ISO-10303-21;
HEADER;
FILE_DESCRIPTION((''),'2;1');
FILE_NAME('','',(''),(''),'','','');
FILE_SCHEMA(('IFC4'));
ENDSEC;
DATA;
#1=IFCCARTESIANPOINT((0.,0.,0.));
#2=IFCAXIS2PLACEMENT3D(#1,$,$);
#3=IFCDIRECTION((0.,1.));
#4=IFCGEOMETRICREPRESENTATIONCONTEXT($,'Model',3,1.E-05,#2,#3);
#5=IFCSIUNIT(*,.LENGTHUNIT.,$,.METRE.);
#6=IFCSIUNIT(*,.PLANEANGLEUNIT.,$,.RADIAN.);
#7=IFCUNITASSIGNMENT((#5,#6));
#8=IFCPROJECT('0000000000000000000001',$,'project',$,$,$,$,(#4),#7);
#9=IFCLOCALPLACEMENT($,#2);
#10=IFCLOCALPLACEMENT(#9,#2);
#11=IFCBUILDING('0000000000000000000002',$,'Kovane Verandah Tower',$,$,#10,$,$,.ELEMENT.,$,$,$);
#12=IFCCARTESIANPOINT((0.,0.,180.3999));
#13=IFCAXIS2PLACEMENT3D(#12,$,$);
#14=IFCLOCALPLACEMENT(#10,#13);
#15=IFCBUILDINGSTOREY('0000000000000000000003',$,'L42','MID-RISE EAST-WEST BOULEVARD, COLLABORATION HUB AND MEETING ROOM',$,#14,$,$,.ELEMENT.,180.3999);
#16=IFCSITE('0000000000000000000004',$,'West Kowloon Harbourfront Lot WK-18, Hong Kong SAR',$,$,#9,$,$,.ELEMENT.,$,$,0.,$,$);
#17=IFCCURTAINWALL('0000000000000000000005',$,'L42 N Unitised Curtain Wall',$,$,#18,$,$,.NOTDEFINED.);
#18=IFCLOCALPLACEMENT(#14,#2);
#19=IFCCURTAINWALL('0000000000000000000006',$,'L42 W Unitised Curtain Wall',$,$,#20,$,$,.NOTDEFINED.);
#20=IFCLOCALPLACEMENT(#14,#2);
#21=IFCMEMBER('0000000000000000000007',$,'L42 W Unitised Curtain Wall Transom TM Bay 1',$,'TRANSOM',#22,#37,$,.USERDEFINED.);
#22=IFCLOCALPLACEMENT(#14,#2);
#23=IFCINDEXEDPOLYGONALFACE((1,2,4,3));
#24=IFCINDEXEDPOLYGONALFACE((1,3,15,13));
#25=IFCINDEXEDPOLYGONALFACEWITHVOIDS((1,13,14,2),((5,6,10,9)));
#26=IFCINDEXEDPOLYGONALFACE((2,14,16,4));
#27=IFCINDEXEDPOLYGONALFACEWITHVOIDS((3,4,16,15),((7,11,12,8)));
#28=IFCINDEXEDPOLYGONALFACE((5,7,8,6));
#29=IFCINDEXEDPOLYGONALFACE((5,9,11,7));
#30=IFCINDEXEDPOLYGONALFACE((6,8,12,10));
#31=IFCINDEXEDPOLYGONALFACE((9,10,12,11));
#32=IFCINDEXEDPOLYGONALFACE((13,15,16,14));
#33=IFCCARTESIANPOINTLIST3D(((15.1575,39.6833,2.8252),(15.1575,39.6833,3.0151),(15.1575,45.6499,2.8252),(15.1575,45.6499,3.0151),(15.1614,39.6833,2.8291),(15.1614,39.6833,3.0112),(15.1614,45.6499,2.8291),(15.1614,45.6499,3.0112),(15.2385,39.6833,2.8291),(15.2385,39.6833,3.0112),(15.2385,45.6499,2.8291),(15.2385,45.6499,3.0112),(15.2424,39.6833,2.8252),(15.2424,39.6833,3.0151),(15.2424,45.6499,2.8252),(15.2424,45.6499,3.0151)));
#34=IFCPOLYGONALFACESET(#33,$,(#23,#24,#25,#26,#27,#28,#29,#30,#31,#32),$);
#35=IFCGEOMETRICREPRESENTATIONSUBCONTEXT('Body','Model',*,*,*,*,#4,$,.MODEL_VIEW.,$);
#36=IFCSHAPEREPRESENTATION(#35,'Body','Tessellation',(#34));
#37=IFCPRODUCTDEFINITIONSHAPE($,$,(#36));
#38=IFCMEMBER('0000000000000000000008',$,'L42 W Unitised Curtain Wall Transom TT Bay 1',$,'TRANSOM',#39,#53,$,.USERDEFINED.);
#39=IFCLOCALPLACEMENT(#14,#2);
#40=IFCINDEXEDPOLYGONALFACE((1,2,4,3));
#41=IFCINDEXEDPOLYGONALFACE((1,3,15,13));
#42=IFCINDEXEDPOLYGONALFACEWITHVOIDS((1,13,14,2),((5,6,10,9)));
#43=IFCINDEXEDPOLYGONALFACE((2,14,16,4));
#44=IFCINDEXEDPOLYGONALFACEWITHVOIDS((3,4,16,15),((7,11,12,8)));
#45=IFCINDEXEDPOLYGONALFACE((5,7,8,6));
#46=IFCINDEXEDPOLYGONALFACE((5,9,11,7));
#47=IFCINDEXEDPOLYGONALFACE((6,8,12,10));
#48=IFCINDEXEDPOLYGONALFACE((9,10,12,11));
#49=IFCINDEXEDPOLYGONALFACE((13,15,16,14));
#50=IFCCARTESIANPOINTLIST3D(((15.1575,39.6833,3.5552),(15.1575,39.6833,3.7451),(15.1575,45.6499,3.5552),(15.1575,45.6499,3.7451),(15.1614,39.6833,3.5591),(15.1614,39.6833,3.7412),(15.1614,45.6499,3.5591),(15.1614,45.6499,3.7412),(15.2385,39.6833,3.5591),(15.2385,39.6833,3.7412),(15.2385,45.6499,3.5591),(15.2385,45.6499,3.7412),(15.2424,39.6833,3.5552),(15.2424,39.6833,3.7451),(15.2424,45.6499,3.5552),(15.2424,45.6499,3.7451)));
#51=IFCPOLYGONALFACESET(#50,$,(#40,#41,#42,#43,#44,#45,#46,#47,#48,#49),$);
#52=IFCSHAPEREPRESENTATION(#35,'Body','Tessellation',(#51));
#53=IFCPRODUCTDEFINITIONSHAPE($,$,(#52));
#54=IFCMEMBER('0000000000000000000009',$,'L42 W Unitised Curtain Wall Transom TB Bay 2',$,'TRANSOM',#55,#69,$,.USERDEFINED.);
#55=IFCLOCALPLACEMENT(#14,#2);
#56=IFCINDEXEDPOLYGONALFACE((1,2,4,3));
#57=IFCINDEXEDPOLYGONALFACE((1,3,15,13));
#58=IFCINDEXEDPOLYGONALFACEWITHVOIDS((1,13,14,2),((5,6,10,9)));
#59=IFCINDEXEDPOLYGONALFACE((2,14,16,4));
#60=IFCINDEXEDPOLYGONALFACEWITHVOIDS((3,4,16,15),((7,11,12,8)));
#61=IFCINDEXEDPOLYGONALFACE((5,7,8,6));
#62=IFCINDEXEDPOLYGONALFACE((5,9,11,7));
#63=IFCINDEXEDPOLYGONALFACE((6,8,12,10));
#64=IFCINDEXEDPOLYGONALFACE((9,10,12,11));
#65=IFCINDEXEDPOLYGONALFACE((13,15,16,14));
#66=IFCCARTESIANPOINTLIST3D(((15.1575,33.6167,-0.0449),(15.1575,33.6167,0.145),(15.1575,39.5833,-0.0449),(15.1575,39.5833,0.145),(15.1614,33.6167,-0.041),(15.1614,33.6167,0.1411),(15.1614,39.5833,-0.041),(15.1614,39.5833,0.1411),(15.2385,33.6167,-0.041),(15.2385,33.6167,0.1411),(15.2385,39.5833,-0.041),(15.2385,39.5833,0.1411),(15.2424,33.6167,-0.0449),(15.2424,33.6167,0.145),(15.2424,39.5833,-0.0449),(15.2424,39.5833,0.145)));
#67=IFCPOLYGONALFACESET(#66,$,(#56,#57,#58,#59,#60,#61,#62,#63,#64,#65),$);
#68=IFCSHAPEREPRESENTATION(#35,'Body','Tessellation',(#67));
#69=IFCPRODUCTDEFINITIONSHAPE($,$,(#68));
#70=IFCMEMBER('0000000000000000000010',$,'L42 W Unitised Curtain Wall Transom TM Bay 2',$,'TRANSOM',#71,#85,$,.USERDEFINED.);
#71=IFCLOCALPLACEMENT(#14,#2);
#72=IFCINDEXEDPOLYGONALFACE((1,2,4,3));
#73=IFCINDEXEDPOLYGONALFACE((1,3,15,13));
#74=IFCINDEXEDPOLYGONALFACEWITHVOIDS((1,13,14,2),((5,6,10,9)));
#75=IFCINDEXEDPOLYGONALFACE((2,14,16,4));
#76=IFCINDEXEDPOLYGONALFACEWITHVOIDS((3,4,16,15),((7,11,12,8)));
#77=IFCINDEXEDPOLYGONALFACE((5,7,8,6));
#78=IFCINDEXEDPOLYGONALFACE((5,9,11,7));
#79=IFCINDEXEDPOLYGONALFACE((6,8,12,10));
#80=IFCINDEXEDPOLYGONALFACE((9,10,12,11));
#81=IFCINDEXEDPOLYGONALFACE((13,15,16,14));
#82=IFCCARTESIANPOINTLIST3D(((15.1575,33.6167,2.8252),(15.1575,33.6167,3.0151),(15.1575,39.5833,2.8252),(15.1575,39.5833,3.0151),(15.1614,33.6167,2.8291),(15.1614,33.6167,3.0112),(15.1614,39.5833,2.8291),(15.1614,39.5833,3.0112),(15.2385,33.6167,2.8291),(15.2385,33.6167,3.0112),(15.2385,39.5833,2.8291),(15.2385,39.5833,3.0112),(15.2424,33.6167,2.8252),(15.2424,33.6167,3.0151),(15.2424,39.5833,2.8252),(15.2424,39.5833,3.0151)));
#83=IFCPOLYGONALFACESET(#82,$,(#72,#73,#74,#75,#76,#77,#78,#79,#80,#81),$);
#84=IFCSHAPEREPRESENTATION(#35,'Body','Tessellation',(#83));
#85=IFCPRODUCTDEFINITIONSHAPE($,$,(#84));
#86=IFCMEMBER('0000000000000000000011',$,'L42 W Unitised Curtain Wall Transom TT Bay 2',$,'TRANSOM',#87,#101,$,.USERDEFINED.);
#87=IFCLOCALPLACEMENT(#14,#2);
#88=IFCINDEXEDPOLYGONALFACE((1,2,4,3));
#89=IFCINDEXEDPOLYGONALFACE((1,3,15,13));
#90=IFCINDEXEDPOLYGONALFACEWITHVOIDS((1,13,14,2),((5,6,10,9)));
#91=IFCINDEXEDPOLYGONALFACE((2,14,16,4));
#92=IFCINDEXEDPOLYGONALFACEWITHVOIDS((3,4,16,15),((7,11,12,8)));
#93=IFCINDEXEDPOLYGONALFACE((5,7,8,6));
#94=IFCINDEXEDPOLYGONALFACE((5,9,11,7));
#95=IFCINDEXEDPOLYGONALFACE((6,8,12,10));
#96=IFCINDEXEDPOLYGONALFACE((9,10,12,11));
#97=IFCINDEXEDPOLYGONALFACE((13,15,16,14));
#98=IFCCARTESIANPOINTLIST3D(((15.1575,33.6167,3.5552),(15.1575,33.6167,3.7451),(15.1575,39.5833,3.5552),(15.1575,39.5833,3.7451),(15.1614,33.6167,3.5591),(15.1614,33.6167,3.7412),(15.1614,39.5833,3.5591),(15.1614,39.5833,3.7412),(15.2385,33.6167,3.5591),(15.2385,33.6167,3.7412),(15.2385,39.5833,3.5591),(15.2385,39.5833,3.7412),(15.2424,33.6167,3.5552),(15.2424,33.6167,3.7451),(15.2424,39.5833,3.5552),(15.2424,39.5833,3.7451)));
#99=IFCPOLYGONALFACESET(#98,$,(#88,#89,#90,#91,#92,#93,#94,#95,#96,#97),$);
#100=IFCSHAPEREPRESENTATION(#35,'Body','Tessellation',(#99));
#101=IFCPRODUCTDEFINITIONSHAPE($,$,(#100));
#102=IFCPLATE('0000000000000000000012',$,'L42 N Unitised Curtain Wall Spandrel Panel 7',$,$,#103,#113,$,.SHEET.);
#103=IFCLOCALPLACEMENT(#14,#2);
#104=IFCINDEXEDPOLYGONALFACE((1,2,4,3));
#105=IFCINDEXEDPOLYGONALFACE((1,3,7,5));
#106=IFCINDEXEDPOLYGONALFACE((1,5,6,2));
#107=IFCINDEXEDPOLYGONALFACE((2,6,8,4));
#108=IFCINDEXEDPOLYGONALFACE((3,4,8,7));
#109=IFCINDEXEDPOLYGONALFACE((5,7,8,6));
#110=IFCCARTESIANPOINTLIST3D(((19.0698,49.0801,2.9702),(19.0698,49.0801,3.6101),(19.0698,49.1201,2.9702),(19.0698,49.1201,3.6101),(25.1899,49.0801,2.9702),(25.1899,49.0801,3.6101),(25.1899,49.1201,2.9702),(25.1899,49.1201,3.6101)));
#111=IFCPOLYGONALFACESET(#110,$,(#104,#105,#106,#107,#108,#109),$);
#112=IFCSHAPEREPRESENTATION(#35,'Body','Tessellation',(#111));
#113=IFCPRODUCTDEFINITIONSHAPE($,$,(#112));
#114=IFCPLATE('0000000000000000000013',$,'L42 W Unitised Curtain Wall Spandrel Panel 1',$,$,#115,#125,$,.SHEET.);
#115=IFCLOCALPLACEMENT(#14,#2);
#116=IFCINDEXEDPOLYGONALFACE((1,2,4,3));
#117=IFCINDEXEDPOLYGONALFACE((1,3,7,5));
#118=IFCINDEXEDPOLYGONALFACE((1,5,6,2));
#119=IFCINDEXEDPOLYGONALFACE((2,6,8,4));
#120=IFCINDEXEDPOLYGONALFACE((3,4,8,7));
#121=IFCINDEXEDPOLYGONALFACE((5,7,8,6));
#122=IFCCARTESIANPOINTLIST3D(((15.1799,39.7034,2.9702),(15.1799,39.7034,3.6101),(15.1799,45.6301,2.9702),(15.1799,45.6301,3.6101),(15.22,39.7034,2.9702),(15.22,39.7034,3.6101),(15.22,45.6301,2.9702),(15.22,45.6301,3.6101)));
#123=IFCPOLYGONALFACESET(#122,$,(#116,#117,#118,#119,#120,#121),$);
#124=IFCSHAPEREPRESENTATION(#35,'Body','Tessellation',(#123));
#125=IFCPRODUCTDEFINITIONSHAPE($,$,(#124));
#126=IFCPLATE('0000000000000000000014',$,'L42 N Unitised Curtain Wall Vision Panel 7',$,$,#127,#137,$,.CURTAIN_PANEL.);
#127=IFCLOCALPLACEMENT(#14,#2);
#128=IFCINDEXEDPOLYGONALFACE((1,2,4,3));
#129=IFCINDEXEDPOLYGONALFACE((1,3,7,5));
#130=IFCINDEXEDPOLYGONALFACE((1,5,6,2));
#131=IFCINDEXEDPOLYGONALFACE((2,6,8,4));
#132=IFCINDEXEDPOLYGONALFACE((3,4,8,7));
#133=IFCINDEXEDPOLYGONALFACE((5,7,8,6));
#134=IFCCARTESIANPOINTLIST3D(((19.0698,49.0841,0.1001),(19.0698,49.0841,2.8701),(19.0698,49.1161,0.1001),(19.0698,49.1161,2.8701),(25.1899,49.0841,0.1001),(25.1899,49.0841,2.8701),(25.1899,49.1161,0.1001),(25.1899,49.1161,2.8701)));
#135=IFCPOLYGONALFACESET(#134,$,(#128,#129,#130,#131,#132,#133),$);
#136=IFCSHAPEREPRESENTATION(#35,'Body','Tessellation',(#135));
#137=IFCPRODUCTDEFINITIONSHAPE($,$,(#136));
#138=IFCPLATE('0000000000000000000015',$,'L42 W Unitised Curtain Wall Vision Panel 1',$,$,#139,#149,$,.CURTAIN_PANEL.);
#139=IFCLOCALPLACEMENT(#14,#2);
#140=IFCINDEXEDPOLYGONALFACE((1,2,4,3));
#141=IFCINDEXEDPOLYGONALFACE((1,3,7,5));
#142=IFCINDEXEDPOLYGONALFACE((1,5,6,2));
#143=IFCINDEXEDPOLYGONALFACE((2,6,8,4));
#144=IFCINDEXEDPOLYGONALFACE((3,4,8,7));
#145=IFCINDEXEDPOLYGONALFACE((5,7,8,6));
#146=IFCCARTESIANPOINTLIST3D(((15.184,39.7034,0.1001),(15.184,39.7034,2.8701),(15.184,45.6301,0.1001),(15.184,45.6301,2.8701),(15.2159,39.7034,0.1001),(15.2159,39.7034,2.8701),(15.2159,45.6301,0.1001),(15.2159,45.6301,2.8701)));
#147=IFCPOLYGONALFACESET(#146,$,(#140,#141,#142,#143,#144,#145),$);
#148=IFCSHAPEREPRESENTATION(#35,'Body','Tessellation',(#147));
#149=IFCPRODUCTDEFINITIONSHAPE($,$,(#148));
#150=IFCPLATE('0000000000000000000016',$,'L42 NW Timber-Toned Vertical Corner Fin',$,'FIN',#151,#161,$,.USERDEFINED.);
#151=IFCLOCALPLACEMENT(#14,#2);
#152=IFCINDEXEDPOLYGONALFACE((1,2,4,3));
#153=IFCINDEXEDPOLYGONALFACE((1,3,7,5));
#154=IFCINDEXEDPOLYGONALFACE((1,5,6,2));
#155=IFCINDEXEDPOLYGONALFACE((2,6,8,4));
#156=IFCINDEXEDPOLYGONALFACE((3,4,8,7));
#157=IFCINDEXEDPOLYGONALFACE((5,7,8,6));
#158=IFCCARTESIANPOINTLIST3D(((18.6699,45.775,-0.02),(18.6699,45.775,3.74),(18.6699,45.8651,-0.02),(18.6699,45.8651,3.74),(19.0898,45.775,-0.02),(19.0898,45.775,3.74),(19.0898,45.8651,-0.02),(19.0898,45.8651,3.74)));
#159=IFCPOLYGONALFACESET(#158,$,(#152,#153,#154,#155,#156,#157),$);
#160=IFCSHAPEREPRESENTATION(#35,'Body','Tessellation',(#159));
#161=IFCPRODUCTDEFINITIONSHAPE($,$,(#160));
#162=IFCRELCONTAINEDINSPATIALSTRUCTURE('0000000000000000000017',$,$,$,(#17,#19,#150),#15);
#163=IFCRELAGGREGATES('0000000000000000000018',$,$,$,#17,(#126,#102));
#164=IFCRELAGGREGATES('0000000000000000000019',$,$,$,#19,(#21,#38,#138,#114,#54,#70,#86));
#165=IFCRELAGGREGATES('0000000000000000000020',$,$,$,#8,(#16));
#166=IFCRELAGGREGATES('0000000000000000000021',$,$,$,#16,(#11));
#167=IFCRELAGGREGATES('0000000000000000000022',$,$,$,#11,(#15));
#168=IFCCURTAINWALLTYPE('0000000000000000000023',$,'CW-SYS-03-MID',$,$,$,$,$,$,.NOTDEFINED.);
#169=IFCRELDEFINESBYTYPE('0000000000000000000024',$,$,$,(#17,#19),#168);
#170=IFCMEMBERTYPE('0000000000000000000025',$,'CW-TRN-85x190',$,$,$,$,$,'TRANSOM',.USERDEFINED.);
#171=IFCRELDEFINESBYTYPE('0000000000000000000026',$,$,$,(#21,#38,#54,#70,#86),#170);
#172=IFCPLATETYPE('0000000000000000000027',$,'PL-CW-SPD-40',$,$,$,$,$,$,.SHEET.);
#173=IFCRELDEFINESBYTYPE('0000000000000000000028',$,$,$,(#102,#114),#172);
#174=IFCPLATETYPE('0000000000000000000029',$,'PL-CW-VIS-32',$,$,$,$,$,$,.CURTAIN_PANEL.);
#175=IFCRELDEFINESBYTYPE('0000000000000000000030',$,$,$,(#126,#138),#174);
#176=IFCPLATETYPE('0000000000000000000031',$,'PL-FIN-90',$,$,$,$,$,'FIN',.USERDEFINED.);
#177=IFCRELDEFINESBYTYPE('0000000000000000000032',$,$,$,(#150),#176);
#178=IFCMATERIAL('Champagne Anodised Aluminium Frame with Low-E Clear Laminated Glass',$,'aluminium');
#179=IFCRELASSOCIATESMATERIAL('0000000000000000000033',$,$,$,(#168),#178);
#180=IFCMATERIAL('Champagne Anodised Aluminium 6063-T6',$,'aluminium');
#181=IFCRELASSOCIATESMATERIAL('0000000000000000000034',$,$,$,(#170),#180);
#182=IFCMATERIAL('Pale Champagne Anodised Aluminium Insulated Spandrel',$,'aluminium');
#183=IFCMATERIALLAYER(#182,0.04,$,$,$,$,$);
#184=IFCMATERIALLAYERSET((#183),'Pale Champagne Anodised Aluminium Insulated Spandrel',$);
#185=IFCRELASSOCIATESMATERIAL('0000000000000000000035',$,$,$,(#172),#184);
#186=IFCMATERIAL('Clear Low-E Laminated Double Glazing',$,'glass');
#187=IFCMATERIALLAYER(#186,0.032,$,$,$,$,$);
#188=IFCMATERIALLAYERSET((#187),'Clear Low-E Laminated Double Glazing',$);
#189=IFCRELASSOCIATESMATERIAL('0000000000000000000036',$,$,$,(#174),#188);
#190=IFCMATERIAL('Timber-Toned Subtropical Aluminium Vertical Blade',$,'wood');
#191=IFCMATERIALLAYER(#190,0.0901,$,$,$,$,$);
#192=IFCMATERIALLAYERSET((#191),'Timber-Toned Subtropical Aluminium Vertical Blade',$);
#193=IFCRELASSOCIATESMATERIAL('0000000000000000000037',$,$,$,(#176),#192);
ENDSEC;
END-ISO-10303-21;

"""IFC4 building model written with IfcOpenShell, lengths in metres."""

from ifc_helpers import new_model, si_unit, direction, frame, origin, origin_2d, place, context, subcontext, project, spatial, rectangle, hollow_rectangle, extrude, material, layer, layer_set, material_profile, profile_set, type_object, element, aggregate, save


model = new_model("IFC4")

# Units and contexts
model_context = context("Model", 3, precision=1e-05, world=origin(), true_north=direction((0.0, 1.0)))
body_context = subcontext(model_context, "Body", "Model", "MODEL_VIEW")
ifc_project = project(units=[si_unit("LENGTHUNIT", "METRE"), si_unit("PLANEANGLEUNIT", "RADIAN")], contexts=[model_context])

# Site, building, storey
site_placement = place(None, origin())
site = spatial("IfcSite", under=ifc_project, at=site_placement, Name="West Kowloon Harbourfront Lot WK-18, Hong Kong SAR", CompositionType="ELEMENT", RefElevation=0.0)
building_placement = place(site_placement, origin())
building = spatial("IfcBuilding", under=site, at=building_placement, Name="Kovane Verandah Tower", CompositionType="ELEMENT")
storey_placement = place(building_placement, frame((0.0, 0.0, 180.3999)))
storey = spatial("IfcBuildingStorey", under=building, at=storey_placement, Name="L42", Description="MID-RISE EAST-WEST BOULEVARD, COLLABORATION HUB AND MEETING ROOM", CompositionType="ELEMENT", Elevation=180.3999)

# Curtain wall
ifc_material_1 = material(Name="Champagne Anodised Aluminium Frame with Low-E Clear Laminated Glass", Category="aluminium")
curtain_wall_type = type_object("IfcCurtainWallType", Name="CW-SYS-03-MID", PredefinedType="NOTDEFINED", material=ifc_material_1)
curtain_wall_1_placement = place(storey_placement, origin())
curtain_wall_1 = element("IfcCurtainWall", 1, at=curtain_wall_1_placement, inside=storey, type_object=curtain_wall_type, Name="L42 N Unitised Curtain Wall", PredefinedType="NOTDEFINED")
ifc_material_2 = material(Name="Champagne Anodised Aluminium 6063-T6", Category="aluminium")

# Curtain wall, members
curtain_wall_2_placement = place(storey_placement, origin())
curtain_wall_2 = element("IfcCurtainWall", 2, at=curtain_wall_2_placement, inside=storey, type_object=curtain_wall_type, Name="L42 W Unitised Curtain Wall", PredefinedType="NOTDEFINED")
ifc_material_profile_1 = material_profile(ifc_material_2, hollow_rectangle(XDim=0.085, YDim=0.1899, WallThickness=0.0039, at=origin_2d()), Name="AL85x190x4")
ifc_profile_set_1 = profile_set([ifc_material_profile_1], Name="Champagne Anodised Aluminium 6063-T6")
member_type_1 = type_object("IfcMemberType", Name="CW-TRN-85x190", ElementType="TRANSOM", PredefinedType="USERDEFINED", material=ifc_profile_set_1)
member_1_placement = place(storey_placement, frame((15.2, 45.6499, 2.9202), z_axis=(0.0, -1.0, 0.0), x_axis=(1.0, 0.0, 0.0)))
member_1 = element("IfcMember", 3, at=member_1_placement, type_object=member_type_1, Name="L42 W Unitised Curtain Wall Transom TM Bay 1", ObjectType="TRANSOM", PredefinedType="USERDEFINED", context=body_context, shape_type="SweptSolid", body=[
    extrude(hollow_rectangle(XDim=0.085, YDim=0.1899, WallThickness=0.0039, at=origin_2d()), origin(), (0.0, 0.0, 1.0), 5.9666),
])
member_2_placement = place(storey_placement, frame((15.2, 45.6499, 3.6501), z_axis=(0.0, -1.0, 0.0), x_axis=(1.0, 0.0, 0.0)))
member_2 = element("IfcMember", 4, at=member_2_placement, type_object=member_type_1, Name="L42 W Unitised Curtain Wall Transom TT Bay 1", ObjectType="TRANSOM", PredefinedType="USERDEFINED", context=body_context, shape_type="SweptSolid", body=[
    extrude(hollow_rectangle(XDim=0.085, YDim=0.1899, WallThickness=0.0039, at=origin_2d()), origin(), (0.0, 0.0, 1.0), 5.9666),
])
member_3_placement = place(storey_placement, frame((15.2, 39.5833, 0.05), z_axis=(0.0, -1.0, 0.0), x_axis=(1.0, 0.0, 0.0)))
member_3 = element("IfcMember", 5, at=member_3_placement, type_object=member_type_1, Name="L42 W Unitised Curtain Wall Transom TB Bay 2", ObjectType="TRANSOM", PredefinedType="USERDEFINED", context=body_context, shape_type="SweptSolid", body=[
    extrude(hollow_rectangle(XDim=0.085, YDim=0.1899, WallThickness=0.0039, at=origin_2d()), origin(), (0.0, 0.0, 1.0), 5.9666),
])
member_4_placement = place(storey_placement, frame((15.2, 39.5833, 2.9202), z_axis=(0.0, -1.0, 0.0), x_axis=(1.0, 0.0, 0.0)))
member_4 = element("IfcMember", 6, at=member_4_placement, type_object=member_type_1, Name="L42 W Unitised Curtain Wall Transom TM Bay 2", ObjectType="TRANSOM", PredefinedType="USERDEFINED", context=body_context, shape_type="SweptSolid", body=[
    extrude(hollow_rectangle(XDim=0.085, YDim=0.1899, WallThickness=0.0039, at=origin_2d()), origin(), (0.0, 0.0, 1.0), 5.9666),
])
member_5_placement = place(storey_placement, frame((15.2, 39.5833, 3.6501), z_axis=(0.0, -1.0, 0.0), x_axis=(1.0, 0.0, 0.0)))
member_5 = element("IfcMember", 7, at=member_5_placement, type_object=member_type_1, Name="L42 W Unitised Curtain Wall Transom TT Bay 2", ObjectType="TRANSOM", PredefinedType="USERDEFINED", context=body_context, shape_type="SweptSolid", body=[
    extrude(hollow_rectangle(XDim=0.085, YDim=0.1899, WallThickness=0.0039, at=origin_2d()), origin(), (0.0, 0.0, 1.0), 5.9666),
])

# Plates
ifc_material_3 = material(Name="Pale Champagne Anodised Aluminium Insulated Spandrel", Category="aluminium")
ifc_layer_1 = layer(ifc_material_3, 0.04)
ifc_layer_set_1 = layer_set([ifc_layer_1], Name="Pale Champagne Anodised Aluminium Insulated Spandrel")
plate_type_1 = type_object("IfcPlateType", Name="PL-CW-SPD-40", PredefinedType="SHEET", material=ifc_layer_set_1)
plate_1_placement = place(storey_placement, frame((22.1299, 49.1001, 2.9702), z_axis=(0.0, 0.0, 1.0), x_axis=(-1.0, 0.0, 0.0)))
plate_1 = element("IfcPlate", 8, at=plate_1_placement, type_object=plate_type_1, Name="L42 N Unitised Curtain Wall Spandrel Panel 7", PredefinedType="SHEET", context=body_context, shape_type="SweptSolid", body=[
    extrude(rectangle(XDim=6.1201, YDim=0.04, at=origin_2d()), origin(), (0.0, 0.0, 1.0), 0.6399),
])
plate_2_placement = place(storey_placement, frame((15.2, 42.6667, 2.9702), z_axis=(0.0, 0.0, 1.0), x_axis=(0.0, -1.0, 0.0)))
plate_2 = element("IfcPlate", 9, at=plate_2_placement, type_object=plate_type_1, Name="L42 W Unitised Curtain Wall Spandrel Panel 1", PredefinedType="SHEET", context=body_context, shape_type="SweptSolid", body=[
    extrude(rectangle(XDim=5.9268, YDim=0.04, at=origin_2d()), origin(), (0.0, 0.0, 1.0), 0.6399),
])
ifc_material_4 = material(Name="Clear Low-E Laminated Double Glazing", Category="glass")
ifc_layer_2 = layer(ifc_material_4, 0.032)
ifc_layer_set_2 = layer_set([ifc_layer_2], Name="Clear Low-E Laminated Double Glazing")
plate_type_2 = type_object("IfcPlateType", Name="PL-CW-VIS-32", PredefinedType="CURTAIN_PANEL", material=ifc_layer_set_2)
plate_3_placement = place(storey_placement, frame((22.1299, 49.1001, 0.1001), z_axis=(0.0, 0.0, 1.0), x_axis=(-1.0, 0.0, 0.0)))
plate_3 = element("IfcPlate", 10, at=plate_3_placement, type_object=plate_type_2, Name="L42 N Unitised Curtain Wall Vision Panel 7", PredefinedType="CURTAIN_PANEL", context=body_context, shape_type="SweptSolid", body=[
    extrude(rectangle(XDim=6.1201, YDim=0.032, at=origin_2d()), origin(), (0.0, 0.0, 1.0), 2.77),
])
aggregate(curtain_wall_1, [plate_3, plate_1])
plate_4_placement = place(storey_placement, frame((15.2, 42.6667, 0.1001), z_axis=(0.0, 0.0, 1.0), x_axis=(0.0, -1.0, 0.0)))
plate_4 = element("IfcPlate", 11, at=plate_4_placement, type_object=plate_type_2, Name="L42 W Unitised Curtain Wall Vision Panel 1", PredefinedType="CURTAIN_PANEL", context=body_context, shape_type="SweptSolid", body=[
    extrude(rectangle(XDim=5.9268, YDim=0.032, at=origin_2d()), origin(), (0.0, 0.0, 1.0), 2.77),
])
aggregate(curtain_wall_2, [member_1, member_2, plate_4, plate_2, member_3, member_4, member_5])
ifc_material_5 = material(Name="Timber-Toned Subtropical Aluminium Vertical Blade", Category="wood")
ifc_layer_3 = layer(ifc_material_5, 0.0901)
ifc_layer_set_3 = layer_set([ifc_layer_3], Name="Timber-Toned Subtropical Aluminium Vertical Blade")
plate_type_3 = type_object("IfcPlateType", Name="PL-FIN-90", ElementType="FIN", PredefinedType="USERDEFINED", material=ifc_layer_set_3)
plate_5_placement = place(storey_placement, frame((18.8799, 45.8201, -0.02), z_axis=(0.0, 0.0, 1.0), x_axis=(1.0, 0.0, 0.0)))
element("IfcPlate", 12, at=plate_5_placement, inside=storey, type_object=plate_type_3, Name="L42 NW Timber-Toned Vertical Corner Fin", ObjectType="FIN", PredefinedType="USERDEFINED", context=body_context, shape_type="SweptSolid", body=[
    extrude(rectangle(XDim=0.4199, YDim=0.0901, at=origin_2d()), origin(), (0.0, 0.0, 1.0), 3.76),
])

save(model, "model.ifc")
